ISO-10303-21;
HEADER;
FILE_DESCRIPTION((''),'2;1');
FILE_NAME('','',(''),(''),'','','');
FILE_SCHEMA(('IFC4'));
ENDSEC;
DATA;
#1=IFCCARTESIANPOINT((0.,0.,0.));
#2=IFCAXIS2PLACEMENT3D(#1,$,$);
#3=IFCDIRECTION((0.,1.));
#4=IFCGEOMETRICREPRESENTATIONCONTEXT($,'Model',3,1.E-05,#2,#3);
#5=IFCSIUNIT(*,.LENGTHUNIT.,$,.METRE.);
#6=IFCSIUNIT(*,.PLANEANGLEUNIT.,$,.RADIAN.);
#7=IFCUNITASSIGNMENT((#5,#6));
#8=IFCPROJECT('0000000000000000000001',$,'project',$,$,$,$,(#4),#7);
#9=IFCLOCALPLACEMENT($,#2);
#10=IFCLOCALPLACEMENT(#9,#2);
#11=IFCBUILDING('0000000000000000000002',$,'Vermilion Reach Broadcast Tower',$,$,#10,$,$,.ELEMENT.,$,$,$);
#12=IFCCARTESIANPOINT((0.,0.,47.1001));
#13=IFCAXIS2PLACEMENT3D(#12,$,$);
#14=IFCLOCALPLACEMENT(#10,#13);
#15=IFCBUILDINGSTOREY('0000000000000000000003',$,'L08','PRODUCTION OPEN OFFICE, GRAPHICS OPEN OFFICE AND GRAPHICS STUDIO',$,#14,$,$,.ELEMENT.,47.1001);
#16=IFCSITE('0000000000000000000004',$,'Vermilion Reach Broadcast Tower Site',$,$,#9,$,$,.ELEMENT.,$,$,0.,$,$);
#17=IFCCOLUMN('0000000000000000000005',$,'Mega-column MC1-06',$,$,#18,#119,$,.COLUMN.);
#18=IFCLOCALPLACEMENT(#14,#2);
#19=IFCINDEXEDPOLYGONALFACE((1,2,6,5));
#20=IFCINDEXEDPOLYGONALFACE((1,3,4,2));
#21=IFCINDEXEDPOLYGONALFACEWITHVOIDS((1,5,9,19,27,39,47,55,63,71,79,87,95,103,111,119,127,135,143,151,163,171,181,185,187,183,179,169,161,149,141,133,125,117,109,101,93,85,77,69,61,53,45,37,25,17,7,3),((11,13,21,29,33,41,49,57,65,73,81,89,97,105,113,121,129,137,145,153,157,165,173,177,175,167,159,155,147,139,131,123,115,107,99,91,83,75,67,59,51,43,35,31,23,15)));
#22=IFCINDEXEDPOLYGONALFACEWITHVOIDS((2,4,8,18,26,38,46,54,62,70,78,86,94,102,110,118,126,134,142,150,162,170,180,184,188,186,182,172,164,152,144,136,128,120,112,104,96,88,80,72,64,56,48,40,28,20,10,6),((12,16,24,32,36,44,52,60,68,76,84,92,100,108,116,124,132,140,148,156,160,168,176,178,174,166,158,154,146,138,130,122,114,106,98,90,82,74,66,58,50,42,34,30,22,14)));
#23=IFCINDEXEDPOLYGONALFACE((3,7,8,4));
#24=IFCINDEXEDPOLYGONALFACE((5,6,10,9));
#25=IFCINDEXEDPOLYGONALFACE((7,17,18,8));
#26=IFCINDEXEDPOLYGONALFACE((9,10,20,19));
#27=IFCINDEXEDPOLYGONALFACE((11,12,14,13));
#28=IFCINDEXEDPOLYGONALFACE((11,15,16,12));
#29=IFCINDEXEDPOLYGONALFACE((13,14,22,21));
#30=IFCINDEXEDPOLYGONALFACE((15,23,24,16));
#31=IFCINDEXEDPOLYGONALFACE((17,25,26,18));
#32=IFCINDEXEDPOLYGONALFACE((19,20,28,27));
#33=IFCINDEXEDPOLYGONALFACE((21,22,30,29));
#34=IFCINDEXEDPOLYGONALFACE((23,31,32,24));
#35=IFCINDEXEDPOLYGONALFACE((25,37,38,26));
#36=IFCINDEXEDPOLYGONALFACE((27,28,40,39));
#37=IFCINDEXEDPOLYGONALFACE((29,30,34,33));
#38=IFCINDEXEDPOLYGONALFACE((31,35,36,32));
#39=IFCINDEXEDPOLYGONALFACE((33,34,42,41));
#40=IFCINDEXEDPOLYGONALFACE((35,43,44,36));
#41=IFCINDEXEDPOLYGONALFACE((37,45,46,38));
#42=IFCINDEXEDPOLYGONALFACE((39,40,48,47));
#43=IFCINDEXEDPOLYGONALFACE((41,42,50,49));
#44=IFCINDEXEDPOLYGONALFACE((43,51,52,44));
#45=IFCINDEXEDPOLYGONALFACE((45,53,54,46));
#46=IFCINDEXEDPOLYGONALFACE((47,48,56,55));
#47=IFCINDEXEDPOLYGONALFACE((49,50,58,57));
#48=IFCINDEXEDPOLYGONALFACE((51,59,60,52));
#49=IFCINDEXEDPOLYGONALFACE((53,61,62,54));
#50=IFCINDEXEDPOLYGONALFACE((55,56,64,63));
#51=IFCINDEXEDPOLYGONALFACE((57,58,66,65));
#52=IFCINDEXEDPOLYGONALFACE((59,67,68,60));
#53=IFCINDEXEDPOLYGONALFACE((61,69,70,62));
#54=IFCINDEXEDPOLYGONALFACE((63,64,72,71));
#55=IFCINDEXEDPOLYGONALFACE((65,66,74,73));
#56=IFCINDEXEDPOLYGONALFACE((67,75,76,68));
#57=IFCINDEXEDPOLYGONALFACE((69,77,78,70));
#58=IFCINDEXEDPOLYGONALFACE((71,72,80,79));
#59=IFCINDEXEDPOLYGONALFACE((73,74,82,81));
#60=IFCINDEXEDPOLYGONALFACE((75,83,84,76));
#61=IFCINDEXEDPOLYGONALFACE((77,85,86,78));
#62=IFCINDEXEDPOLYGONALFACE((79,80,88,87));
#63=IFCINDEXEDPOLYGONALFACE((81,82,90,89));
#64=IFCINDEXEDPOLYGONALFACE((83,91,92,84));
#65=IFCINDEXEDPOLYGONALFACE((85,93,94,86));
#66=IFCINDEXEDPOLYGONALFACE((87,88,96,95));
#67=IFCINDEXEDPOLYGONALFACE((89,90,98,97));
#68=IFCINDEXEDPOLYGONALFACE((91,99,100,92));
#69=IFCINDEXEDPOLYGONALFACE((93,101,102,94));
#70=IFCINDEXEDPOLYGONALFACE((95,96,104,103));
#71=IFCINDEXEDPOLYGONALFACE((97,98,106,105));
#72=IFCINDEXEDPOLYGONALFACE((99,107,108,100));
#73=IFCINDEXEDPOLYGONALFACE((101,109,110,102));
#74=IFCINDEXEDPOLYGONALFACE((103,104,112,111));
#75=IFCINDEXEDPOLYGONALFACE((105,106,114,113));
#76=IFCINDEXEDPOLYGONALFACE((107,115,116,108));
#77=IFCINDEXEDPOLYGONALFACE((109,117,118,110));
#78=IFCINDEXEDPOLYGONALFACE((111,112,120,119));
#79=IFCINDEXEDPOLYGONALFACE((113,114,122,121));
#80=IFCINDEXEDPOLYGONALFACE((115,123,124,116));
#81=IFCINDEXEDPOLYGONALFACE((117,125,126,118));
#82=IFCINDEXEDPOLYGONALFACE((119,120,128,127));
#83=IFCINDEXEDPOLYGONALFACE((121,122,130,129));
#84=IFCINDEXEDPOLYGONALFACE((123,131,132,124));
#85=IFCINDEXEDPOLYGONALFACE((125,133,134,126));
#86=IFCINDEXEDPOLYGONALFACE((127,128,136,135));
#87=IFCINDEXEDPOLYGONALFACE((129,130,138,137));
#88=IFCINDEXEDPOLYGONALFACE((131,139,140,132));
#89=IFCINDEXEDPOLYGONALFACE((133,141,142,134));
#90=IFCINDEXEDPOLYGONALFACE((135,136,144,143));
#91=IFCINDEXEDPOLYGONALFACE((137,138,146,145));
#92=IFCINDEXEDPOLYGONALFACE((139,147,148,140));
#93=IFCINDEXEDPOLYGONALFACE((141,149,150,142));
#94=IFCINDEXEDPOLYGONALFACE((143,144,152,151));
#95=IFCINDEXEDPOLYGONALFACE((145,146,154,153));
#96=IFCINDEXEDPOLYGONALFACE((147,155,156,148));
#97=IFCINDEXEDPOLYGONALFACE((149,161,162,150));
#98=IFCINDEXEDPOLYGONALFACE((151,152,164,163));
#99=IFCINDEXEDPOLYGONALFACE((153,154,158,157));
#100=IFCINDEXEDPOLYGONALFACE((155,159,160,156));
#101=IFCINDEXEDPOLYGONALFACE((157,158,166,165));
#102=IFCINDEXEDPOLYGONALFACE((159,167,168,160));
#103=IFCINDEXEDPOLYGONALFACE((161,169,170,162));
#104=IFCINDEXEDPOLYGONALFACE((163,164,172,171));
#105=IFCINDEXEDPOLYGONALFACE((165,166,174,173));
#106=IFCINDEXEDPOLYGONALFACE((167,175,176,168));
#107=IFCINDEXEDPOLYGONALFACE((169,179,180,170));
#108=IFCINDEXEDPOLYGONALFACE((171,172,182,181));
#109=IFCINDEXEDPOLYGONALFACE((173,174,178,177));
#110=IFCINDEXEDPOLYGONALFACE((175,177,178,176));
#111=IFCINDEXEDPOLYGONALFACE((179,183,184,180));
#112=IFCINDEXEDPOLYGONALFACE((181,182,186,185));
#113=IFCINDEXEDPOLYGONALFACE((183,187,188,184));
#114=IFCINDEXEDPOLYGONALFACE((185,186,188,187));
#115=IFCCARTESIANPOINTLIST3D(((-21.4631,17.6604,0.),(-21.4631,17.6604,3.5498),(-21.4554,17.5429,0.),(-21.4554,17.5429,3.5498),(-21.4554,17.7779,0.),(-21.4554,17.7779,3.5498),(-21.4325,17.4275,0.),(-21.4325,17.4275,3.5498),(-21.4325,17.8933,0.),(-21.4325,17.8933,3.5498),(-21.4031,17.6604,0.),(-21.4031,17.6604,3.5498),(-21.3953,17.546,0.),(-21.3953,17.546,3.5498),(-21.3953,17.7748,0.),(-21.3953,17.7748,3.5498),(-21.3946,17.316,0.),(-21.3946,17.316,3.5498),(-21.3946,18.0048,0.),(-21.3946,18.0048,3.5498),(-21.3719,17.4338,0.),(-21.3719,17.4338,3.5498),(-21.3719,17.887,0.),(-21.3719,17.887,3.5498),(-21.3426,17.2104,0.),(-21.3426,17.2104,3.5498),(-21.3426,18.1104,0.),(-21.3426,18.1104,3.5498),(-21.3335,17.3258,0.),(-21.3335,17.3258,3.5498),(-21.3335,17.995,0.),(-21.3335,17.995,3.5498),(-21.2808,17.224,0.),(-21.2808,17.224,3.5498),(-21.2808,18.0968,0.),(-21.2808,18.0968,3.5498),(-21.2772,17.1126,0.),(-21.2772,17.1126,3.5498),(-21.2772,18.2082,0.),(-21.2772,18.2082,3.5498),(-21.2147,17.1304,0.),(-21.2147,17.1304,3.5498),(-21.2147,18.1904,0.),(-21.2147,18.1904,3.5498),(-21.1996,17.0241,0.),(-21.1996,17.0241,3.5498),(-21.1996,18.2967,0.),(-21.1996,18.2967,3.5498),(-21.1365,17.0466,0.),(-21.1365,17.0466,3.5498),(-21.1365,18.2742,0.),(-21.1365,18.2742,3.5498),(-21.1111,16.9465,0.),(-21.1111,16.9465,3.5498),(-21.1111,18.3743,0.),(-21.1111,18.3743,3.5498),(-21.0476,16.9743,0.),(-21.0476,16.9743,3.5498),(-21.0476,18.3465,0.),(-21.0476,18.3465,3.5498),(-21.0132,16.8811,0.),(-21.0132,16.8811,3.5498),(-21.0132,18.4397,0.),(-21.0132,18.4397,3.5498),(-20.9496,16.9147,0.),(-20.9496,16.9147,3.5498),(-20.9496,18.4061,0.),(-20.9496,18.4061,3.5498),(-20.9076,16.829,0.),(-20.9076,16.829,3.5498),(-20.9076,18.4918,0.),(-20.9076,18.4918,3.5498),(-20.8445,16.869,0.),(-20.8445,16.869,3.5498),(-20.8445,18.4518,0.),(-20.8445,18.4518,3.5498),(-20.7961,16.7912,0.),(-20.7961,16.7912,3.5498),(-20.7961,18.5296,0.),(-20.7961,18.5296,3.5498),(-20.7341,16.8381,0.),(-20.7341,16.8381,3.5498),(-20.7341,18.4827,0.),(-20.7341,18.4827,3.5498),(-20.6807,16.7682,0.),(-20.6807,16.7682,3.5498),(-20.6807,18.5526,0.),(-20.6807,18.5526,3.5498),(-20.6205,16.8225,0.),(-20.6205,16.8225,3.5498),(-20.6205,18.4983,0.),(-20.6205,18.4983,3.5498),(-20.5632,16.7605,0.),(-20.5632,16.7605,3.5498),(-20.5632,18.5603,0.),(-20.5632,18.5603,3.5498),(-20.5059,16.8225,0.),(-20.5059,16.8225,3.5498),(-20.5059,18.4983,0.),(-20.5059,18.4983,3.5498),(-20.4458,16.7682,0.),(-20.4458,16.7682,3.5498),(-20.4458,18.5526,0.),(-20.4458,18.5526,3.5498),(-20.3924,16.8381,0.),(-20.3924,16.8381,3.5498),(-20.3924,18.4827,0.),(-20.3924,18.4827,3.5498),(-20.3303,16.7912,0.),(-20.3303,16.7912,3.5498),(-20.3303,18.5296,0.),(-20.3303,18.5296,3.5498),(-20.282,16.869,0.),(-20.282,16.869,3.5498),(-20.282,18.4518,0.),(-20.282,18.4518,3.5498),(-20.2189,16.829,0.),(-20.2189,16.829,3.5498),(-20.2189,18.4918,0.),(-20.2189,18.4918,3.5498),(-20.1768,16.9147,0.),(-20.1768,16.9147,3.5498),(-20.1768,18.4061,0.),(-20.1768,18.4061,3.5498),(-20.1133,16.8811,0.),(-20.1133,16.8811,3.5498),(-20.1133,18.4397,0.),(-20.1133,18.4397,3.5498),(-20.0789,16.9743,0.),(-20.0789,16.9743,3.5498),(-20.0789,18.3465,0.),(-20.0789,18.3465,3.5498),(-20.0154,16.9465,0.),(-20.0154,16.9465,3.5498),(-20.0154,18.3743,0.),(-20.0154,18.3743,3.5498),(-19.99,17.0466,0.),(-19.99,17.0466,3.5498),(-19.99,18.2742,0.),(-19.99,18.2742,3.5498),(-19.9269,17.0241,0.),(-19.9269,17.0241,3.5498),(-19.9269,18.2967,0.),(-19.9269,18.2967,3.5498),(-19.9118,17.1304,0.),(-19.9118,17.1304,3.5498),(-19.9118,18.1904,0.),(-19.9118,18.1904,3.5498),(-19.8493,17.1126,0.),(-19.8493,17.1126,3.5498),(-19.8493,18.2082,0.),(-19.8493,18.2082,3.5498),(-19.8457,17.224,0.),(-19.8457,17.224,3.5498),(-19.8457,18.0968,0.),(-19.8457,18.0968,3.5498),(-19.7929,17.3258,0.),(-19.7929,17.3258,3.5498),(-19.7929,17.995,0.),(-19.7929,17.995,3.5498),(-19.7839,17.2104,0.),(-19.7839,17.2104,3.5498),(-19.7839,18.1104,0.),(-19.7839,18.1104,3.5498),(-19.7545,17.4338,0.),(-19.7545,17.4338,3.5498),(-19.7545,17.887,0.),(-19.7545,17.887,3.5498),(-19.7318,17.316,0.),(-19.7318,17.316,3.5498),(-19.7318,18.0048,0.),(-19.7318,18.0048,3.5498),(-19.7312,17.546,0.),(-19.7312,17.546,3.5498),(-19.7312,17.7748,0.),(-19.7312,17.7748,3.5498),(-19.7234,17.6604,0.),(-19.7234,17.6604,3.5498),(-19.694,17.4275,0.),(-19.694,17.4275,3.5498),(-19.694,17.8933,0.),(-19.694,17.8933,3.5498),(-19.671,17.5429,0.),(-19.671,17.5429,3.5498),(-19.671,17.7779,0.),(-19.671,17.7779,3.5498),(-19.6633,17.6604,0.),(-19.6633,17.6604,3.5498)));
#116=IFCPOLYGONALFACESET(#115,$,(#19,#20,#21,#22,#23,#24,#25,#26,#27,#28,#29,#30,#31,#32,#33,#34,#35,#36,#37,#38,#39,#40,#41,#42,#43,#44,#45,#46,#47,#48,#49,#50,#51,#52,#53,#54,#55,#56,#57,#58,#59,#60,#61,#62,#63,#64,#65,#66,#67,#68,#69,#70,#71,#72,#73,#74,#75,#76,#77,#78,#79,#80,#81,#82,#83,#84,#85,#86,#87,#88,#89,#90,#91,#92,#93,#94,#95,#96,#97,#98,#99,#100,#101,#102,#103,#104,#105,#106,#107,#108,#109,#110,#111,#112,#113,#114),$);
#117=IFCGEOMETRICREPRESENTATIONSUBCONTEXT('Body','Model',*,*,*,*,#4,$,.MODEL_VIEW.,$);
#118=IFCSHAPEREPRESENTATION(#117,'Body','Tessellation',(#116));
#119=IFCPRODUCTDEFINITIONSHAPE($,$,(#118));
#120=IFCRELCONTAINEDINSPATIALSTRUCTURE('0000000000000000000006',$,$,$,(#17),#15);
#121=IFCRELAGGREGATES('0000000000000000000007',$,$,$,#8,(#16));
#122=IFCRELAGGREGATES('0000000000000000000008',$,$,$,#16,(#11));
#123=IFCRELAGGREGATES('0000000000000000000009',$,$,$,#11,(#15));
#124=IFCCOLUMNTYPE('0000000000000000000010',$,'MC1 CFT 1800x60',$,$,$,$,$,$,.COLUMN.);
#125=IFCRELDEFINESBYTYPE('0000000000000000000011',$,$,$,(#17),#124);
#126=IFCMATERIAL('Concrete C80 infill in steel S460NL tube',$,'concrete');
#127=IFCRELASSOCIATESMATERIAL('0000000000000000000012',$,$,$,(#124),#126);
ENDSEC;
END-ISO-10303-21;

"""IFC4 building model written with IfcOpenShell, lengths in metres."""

from ifc_helpers import new_model, si_unit, direction, frame, origin, origin_2d, place, context, subcontext, project, spatial, hollow_circle, extrude, material, material_profile, profile_set, type_object, element, save


model = new_model("IFC4")

# Units and contexts
model_context = context("Model", 3, precision=1e-05, world=origin(), true_north=direction((0.0, 1.0)))
body_context = subcontext(model_context, "Body", "Model", "MODEL_VIEW")
ifc_project = project(units=[si_unit("LENGTHUNIT", "METRE"), si_unit("PLANEANGLEUNIT", "RADIAN")], contexts=[model_context])

# Site, building, storey
site_placement = place(None, origin())
site = spatial("IfcSite", under=ifc_project, at=site_placement, Name="Vermilion Reach Broadcast Tower Site", CompositionType="ELEMENT", RefElevation=0.0)
building_placement = place(site_placement, origin())
building = spatial("IfcBuilding", under=site, at=building_placement, Name="Vermilion Reach Broadcast Tower", CompositionType="ELEMENT")
storey_placement = place(building_placement, frame((0.0, 0.0, 47.1001)))
storey = spatial("IfcBuildingStorey", under=building, at=storey_placement, Name="L08", Description="PRODUCTION OPEN OFFICE, GRAPHICS OPEN OFFICE AND GRAPHICS STUDIO", CompositionType="ELEMENT", Elevation=47.1001)

# Column
ifc_material_1 = material(Name="Concrete C80 infill in steel S460NL tube", Category="concrete")
ifc_material_profile_1 = material_profile(ifc_material_1, hollow_circle(Radius=0.8999, WallThickness=0.0601, at=origin_2d()), Name="Concrete C80 infill in steel S460NL tube CFT 1800x60")
ifc_profile_set_1 = profile_set([ifc_material_profile_1], Name="Concrete C80 infill in steel S460NL tube")
column_type = type_object("IfcColumnType", Name="MC1 CFT 1800x60", PredefinedType="COLUMN", material=ifc_profile_set_1)
for number, where, z_axis, x_axis, name in (
    (1, (-20.5632, 17.6604, 0.0), (0.0, 0.0, 1.0), (1.0, 0.0, 0.0), "Mega-column MC1-06"),
):
    element("IfcColumn", number, at=place(storey_placement, frame(where, z_axis=z_axis, x_axis=x_axis)), inside=storey, type_object=column_type, Name=name, PredefinedType="COLUMN", context=body_context, shape_type="SweptSolid", body=[
        extrude(hollow_circle(Radius=0.8999, WallThickness=0.0601, at=origin_2d()), origin(), (0.0, 0.0, 1.0), 3.5498),
    ])

save(model, "model.ifc")
